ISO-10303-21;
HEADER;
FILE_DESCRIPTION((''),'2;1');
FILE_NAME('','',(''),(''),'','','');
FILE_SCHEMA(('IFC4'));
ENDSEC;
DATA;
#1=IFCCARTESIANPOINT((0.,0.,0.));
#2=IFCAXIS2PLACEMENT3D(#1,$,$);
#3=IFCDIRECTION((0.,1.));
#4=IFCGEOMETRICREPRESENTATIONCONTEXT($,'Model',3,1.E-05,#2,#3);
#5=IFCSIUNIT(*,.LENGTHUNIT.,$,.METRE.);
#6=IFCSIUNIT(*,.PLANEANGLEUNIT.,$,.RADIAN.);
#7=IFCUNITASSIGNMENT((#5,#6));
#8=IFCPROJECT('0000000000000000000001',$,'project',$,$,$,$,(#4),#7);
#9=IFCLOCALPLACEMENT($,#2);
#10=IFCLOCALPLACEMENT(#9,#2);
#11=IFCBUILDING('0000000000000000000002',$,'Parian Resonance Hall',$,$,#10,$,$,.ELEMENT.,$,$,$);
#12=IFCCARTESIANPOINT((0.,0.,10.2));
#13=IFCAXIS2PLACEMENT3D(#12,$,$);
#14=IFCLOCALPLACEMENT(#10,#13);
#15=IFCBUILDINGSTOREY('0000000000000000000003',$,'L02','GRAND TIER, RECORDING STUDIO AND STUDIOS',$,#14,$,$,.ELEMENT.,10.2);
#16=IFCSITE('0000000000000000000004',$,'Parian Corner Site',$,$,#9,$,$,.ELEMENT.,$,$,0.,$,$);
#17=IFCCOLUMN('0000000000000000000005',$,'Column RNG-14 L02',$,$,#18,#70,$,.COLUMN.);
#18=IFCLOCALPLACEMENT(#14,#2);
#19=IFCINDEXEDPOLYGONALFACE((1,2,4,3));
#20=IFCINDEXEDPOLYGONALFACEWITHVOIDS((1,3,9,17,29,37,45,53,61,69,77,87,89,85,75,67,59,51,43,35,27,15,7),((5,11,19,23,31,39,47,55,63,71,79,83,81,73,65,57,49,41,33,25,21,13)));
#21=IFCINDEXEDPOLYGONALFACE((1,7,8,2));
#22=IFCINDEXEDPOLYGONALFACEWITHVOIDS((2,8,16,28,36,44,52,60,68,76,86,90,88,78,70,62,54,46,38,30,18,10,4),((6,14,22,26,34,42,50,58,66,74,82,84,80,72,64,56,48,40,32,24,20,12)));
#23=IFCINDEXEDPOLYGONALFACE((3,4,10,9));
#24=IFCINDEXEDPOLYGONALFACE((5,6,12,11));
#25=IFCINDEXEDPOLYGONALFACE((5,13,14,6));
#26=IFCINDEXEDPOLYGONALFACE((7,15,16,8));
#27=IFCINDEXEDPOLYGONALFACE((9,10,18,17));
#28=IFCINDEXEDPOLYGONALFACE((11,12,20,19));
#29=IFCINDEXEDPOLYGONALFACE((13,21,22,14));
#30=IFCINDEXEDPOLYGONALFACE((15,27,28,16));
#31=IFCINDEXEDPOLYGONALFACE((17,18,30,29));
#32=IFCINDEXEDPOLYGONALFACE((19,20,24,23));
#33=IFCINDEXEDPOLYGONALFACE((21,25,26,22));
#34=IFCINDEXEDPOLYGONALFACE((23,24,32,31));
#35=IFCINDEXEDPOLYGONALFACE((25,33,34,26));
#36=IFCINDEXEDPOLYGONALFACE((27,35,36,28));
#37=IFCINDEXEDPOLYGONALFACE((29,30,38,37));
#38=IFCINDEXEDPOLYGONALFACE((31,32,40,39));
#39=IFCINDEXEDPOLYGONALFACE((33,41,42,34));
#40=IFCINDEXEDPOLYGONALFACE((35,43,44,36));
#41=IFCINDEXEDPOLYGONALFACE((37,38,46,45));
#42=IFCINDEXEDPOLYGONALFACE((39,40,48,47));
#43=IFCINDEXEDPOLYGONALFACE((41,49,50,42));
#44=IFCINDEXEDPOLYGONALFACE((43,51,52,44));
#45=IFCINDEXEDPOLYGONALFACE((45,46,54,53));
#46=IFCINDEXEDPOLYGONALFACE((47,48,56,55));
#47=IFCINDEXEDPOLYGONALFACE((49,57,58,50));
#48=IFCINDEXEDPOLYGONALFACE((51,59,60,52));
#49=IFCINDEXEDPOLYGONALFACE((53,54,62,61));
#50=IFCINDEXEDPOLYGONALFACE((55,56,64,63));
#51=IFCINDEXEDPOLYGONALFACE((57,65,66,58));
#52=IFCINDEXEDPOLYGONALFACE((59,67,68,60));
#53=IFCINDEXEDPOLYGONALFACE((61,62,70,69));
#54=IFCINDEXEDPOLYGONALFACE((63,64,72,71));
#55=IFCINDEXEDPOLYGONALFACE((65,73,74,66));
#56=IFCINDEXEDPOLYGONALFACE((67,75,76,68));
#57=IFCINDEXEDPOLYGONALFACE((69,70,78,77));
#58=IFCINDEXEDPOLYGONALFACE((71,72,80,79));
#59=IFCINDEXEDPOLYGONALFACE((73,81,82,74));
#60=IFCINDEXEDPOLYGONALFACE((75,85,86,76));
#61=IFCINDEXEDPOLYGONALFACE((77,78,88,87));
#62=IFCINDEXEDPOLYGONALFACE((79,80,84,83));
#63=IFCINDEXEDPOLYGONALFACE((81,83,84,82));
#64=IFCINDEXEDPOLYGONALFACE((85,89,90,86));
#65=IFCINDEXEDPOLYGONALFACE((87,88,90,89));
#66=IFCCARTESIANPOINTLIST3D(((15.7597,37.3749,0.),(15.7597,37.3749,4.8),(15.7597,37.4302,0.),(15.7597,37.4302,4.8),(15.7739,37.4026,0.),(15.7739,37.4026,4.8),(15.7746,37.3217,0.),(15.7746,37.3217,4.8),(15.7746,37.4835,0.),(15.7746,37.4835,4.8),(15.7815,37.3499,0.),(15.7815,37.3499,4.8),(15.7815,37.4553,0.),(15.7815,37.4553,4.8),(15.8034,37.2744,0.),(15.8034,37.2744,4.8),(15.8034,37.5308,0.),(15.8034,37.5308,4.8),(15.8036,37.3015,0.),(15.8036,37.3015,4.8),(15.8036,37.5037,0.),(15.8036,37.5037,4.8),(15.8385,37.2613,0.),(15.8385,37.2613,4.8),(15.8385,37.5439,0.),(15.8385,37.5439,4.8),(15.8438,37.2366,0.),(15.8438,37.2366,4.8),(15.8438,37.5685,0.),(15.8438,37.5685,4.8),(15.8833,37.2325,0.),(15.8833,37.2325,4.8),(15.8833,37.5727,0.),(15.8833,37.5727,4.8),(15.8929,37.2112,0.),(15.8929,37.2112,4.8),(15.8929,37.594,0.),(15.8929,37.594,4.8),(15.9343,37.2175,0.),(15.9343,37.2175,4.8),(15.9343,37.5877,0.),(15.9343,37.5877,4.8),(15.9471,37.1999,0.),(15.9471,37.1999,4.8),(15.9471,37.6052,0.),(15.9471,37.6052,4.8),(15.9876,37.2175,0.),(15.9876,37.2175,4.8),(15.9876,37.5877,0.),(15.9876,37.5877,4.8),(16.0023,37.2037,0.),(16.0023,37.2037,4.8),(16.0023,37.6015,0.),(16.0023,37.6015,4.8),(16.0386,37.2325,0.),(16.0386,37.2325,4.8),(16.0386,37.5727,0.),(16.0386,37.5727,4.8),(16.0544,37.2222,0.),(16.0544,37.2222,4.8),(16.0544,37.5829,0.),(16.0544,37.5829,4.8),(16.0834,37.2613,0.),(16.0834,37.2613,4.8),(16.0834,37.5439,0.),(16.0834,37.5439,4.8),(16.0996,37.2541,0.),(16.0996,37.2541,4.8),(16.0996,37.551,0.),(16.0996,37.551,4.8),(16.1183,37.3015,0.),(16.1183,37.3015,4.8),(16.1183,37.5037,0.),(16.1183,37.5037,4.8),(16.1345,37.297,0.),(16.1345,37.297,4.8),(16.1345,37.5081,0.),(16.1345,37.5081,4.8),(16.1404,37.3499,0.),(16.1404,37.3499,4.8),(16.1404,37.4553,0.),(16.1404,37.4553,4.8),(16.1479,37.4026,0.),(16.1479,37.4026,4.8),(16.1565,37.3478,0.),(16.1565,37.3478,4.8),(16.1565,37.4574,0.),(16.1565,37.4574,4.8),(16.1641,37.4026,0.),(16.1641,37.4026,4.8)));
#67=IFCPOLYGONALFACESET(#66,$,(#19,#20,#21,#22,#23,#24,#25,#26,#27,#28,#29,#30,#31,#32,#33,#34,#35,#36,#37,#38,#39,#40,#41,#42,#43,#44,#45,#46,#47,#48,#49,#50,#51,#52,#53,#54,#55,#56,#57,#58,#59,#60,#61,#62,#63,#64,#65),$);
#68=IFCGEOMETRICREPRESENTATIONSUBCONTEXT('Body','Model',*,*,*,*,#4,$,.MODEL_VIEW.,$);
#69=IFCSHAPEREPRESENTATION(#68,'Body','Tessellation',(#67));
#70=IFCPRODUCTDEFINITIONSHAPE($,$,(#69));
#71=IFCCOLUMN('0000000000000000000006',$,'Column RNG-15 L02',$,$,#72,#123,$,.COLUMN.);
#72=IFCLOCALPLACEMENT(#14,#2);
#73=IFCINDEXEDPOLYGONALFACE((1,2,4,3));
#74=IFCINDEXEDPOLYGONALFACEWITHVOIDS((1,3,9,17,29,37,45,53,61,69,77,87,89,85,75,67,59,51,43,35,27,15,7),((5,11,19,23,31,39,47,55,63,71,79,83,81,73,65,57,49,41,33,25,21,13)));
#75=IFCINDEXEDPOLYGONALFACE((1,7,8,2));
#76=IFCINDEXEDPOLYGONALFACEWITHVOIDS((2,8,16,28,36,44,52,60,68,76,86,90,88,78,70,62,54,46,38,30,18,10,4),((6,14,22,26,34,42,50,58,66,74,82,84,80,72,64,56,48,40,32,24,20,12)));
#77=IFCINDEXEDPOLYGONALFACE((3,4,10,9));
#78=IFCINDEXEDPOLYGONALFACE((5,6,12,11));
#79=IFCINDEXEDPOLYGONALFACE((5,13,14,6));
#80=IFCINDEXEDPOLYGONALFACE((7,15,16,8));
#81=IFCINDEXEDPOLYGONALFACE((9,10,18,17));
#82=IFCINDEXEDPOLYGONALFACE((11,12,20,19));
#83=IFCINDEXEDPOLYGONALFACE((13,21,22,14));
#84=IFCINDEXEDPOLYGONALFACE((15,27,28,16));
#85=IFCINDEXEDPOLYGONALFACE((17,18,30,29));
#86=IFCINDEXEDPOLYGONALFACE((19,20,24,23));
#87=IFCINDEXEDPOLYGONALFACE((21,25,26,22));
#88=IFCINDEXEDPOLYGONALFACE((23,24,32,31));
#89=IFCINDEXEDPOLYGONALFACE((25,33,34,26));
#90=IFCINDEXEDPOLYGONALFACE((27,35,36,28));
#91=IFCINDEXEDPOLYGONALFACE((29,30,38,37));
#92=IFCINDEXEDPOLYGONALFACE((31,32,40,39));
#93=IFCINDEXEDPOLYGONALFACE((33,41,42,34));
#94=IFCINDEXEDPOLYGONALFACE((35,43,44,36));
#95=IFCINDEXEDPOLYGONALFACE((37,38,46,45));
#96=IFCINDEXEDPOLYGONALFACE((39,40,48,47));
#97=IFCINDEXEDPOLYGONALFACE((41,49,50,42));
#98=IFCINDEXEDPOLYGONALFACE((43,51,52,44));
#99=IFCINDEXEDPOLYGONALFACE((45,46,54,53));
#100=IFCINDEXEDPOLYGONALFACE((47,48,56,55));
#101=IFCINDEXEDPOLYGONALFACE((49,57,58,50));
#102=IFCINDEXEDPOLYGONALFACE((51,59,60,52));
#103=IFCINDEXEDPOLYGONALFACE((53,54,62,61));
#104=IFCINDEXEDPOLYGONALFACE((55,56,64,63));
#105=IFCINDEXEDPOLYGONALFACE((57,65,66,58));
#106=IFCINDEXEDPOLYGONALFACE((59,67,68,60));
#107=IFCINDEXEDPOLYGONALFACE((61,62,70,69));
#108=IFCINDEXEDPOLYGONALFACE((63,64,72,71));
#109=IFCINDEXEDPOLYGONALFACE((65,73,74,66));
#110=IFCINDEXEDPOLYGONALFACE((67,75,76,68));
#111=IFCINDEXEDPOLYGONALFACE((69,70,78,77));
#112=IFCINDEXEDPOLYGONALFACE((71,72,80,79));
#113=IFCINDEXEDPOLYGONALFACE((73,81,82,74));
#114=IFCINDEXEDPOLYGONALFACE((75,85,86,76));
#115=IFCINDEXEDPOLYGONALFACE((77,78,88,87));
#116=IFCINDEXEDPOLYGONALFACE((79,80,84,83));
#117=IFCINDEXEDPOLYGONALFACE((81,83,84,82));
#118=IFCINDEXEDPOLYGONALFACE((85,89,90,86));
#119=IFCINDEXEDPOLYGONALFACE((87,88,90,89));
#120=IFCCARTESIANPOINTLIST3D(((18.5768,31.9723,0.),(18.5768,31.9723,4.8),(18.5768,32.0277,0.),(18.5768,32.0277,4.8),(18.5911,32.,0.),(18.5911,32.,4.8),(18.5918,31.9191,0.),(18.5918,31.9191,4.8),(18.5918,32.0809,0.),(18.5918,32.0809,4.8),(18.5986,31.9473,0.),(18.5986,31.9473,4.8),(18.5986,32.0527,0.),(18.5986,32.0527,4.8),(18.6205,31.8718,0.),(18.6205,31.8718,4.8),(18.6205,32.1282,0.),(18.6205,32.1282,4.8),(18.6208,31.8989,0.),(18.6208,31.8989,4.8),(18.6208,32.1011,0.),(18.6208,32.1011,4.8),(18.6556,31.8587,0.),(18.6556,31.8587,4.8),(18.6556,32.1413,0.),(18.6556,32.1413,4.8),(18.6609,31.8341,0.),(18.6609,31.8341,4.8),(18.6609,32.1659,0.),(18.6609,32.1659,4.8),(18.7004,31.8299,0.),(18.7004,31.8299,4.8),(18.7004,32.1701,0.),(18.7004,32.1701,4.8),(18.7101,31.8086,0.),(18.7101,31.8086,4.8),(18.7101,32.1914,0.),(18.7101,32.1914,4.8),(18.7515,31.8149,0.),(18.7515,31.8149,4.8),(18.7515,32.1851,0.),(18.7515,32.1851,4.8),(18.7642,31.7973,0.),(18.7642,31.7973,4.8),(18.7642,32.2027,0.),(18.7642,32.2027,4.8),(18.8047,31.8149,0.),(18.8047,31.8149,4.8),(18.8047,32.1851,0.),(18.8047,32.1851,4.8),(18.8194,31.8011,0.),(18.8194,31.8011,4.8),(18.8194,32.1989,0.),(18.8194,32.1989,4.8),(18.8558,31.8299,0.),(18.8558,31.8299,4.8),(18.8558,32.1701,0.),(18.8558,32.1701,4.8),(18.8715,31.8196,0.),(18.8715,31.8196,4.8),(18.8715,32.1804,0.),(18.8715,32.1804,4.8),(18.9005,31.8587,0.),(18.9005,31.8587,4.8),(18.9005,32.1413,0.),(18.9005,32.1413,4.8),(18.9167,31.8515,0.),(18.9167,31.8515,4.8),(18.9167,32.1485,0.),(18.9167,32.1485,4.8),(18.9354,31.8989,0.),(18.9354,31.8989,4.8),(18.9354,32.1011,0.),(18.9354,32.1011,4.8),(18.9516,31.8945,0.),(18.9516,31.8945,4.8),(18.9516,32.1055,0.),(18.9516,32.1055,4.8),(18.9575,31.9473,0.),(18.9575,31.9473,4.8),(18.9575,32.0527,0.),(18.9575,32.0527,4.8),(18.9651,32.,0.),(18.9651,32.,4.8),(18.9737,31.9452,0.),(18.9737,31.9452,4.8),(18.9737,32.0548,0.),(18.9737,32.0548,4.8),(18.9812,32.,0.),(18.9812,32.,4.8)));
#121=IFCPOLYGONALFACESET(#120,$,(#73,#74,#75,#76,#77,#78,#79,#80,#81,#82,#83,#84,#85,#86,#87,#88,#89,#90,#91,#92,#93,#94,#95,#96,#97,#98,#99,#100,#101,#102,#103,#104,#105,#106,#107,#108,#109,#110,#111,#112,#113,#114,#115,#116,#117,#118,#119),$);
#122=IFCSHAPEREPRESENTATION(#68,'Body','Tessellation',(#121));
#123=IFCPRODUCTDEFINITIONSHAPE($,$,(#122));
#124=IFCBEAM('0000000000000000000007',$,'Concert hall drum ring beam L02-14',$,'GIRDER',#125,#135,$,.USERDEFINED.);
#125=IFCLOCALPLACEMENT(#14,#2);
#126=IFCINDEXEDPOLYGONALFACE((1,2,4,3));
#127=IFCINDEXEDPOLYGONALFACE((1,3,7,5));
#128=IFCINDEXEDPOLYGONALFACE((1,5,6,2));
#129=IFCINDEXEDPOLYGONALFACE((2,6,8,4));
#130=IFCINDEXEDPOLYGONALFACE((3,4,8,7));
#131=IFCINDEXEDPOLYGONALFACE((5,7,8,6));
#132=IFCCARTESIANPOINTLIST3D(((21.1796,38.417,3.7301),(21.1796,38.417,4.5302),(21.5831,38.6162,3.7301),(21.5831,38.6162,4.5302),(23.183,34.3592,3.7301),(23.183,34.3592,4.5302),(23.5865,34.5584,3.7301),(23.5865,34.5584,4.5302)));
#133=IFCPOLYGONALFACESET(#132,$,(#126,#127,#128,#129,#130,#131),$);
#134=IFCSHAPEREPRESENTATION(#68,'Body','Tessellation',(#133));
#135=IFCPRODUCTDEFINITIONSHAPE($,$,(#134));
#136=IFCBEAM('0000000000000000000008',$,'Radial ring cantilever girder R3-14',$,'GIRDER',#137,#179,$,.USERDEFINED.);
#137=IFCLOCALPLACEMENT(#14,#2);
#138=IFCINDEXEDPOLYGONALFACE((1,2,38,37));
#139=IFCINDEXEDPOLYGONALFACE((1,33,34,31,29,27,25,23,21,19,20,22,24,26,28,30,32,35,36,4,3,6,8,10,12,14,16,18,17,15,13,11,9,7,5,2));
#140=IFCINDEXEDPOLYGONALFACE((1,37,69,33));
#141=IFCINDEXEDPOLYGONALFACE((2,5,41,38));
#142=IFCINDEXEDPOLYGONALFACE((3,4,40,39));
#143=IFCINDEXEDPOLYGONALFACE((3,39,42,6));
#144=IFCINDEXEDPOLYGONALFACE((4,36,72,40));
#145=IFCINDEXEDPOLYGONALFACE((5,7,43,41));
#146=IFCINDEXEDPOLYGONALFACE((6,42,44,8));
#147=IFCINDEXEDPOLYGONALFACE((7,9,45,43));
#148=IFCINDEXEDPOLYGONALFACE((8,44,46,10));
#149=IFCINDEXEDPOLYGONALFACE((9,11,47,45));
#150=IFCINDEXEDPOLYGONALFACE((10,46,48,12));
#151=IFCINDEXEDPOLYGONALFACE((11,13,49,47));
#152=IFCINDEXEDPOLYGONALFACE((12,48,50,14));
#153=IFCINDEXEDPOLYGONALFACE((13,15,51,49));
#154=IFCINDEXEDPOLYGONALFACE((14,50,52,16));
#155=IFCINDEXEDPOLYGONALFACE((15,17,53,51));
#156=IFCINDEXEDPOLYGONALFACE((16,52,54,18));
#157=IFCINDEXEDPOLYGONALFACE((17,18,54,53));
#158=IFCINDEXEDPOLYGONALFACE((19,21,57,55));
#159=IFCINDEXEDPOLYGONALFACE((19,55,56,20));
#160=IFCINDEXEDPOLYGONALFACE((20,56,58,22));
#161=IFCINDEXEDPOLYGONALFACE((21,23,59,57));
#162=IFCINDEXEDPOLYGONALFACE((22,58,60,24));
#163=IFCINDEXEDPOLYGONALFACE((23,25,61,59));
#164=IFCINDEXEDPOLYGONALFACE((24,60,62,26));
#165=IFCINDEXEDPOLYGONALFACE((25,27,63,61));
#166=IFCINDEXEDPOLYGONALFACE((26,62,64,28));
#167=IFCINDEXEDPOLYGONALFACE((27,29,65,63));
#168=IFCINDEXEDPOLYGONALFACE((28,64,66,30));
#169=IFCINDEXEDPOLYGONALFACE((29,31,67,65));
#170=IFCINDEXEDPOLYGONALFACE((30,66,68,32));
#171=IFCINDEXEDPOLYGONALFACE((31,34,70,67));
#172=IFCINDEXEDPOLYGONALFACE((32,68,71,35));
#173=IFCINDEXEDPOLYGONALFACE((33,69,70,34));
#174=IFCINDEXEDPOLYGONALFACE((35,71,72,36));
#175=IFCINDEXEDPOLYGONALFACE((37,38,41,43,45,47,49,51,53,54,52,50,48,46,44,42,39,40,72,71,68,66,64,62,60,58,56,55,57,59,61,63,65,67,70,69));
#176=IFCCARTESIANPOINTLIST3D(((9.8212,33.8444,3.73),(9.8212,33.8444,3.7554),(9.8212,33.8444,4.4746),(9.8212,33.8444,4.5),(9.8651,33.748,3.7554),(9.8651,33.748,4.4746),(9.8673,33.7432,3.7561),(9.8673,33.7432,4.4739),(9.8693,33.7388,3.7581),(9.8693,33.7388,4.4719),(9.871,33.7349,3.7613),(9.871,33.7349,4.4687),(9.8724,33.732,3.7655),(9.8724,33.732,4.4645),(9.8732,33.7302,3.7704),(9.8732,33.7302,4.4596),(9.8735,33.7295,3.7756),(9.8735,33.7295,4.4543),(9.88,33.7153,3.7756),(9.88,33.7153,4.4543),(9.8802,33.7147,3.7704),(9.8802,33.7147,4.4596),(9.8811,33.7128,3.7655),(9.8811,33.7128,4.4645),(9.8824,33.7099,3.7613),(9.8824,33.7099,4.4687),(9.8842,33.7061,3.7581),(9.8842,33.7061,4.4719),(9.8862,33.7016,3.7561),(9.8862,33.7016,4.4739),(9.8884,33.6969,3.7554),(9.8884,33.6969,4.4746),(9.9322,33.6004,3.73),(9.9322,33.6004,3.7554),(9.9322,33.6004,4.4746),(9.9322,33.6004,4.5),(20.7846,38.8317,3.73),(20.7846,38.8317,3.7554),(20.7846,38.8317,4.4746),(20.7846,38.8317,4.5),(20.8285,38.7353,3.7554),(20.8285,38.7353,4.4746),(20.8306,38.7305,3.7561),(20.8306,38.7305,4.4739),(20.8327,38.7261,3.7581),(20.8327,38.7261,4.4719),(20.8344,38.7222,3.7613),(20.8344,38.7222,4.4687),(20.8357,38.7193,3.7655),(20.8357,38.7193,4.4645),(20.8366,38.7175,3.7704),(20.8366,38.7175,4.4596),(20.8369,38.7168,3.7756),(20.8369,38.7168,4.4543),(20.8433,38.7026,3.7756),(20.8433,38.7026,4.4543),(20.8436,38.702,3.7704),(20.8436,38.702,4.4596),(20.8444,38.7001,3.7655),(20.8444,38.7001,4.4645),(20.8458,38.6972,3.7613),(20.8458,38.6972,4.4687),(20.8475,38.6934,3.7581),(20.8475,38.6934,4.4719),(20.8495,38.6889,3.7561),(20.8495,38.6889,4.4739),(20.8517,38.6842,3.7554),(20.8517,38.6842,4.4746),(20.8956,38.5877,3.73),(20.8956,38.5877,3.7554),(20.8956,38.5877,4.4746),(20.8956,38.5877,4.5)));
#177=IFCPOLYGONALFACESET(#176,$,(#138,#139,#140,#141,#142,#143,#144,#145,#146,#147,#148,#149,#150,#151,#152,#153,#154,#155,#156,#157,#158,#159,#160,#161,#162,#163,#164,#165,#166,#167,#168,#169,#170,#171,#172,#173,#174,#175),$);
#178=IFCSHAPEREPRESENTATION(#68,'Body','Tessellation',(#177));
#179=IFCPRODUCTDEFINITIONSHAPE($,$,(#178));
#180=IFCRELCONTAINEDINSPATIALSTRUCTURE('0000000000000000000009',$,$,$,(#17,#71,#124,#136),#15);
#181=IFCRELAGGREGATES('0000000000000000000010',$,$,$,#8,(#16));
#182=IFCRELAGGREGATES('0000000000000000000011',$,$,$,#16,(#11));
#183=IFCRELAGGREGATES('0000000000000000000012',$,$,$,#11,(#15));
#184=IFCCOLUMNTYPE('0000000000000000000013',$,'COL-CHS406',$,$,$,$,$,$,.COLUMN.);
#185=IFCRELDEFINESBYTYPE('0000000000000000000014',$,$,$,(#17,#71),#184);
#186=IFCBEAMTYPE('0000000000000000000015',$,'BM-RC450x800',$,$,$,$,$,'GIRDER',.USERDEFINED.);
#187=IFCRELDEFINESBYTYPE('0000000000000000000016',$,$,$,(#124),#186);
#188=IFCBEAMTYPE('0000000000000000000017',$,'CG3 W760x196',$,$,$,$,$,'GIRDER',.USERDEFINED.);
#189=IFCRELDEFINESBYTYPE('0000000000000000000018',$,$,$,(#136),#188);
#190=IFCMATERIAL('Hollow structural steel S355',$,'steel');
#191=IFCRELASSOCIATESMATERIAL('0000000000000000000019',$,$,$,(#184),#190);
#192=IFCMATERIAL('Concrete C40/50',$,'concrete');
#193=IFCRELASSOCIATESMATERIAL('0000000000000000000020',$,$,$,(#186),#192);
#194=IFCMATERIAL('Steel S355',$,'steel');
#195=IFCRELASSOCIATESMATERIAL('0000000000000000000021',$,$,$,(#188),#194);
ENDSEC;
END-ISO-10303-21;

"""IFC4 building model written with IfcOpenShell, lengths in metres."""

from ifc_helpers import new_model, si_unit, direction, frame, origin, origin_2d, place, context, subcontext, project, spatial, rectangle, hollow_circle, i_section, extrude, material, material_profile, profile_set, type_object, element, save


model = new_model("IFC4")

# Units and contexts
model_context = context("Model", 3, precision=1e-05, world=origin(), true_north=direction((0.0, 1.0)))
body_context = subcontext(model_context, "Body", "Model", "MODEL_VIEW")
ifc_project = project(units=[si_unit("LENGTHUNIT", "METRE"), si_unit("PLANEANGLEUNIT", "RADIAN")], contexts=[model_context])

# Site, building, storey
site_placement = place(None, origin())
site = spatial("IfcSite", under=ifc_project, at=site_placement, Name="Parian Corner Site", CompositionType="ELEMENT", RefElevation=0.0)
building_placement = place(site_placement, origin())
building = spatial("IfcBuilding", under=site, at=building_placement, Name="Parian Resonance Hall", CompositionType="ELEMENT")
storey_placement = place(building_placement, frame((0.0, 0.0, 10.2)))
storey = spatial("IfcBuildingStorey", under=building, at=storey_placement, Name="L02", Description="GRAND TIER, RECORDING STUDIO AND STUDIOS", CompositionType="ELEMENT", Elevation=10.2)

# Columns
ifc_material_1 = material(Name="Hollow structural steel S355", Category="steel")
ifc_material_profile_1 = material_profile(ifc_material_1, hollow_circle(Radius=0.2031, WallThickness=0.0161, at=origin_2d()), Name="CHS406.4x16")
ifc_profile_set_1 = profile_set([ifc_material_profile_1], Name="Hollow structural steel S355")
column_type = type_object("IfcColumnType", Name="COL-CHS406", PredefinedType="COLUMN", material=ifc_profile_set_1)
for number, where, z_axis, x_axis, name in (
    (1, (15.9609, 37.4026, 0.0), (0.0, 0.0, 1.0), (1.0, 0.0, 0.0), "Column RNG-14 L02"),
    (2, (18.7781, 32.0, 0.0), (0.0, 0.0, 1.0), (1.0, 0.0, 0.0), "Column RNG-15 L02"),
):
    element("IfcColumn", number, at=place(storey_placement, frame(where, z_axis=z_axis, x_axis=x_axis)), inside=storey, type_object=column_type, Name=name, PredefinedType="COLUMN", context=body_context, shape_type="SweptSolid", body=[
        extrude(hollow_circle(Radius=0.2031, WallThickness=0.0161, at=origin_2d()), origin(), (0.0, 0.0, 1.0), 4.8),
    ])

# Beams
ifc_material_2 = material(Name="Concrete C40/50", Category="concrete")
ifc_material_profile_2 = material_profile(ifc_material_2, rectangle(XDim=0.45, YDim=0.8, at=origin_2d()), Name="RC-BM-450x800")
ifc_profile_set_2 = profile_set([ifc_material_profile_2], Name="Concrete C40/50")
beam_type_1 = type_object("IfcBeamType", Name="BM-RC450x800", ElementType="GIRDER", PredefinedType="USERDEFINED", material=ifc_profile_set_2)
beam_1_placement = place(storey_placement, frame((21.3813, 38.5166, 4.1301), z_axis=(0.442698, -0.896671, 0.0), x_axis=(0.896671, 0.442698, 0.0)))
element("IfcBeam", 3, at=beam_1_placement, inside=storey, type_object=beam_type_1, Name="Concert hall drum ring beam L02-14", ObjectType="GIRDER", PredefinedType="USERDEFINED", context=body_context, shape_type="SweptSolid", body=[
    extrude(rectangle(XDim=0.45, YDim=0.8, at=origin_2d()), origin(), (0.0, 0.0, 1.0), 4.5254),
])
ifc_material_3 = material(Name="Steel S355", Category="steel")
ifc_material_profile_3 = material_profile(ifc_material_3, i_section(OverallWidth=0.2681, OverallDepth=0.77, WebThickness=0.0156, FlangeThickness=0.0254, FilletRadius=0.0203, at=origin_2d()), Name="W760x196")
ifc_profile_set_3 = profile_set([ifc_material_profile_3], Name="Steel S355")
beam_type_2 = type_object("IfcBeamType", Name="CG3 W760x196", ElementType="GIRDER", PredefinedType="USERDEFINED", material=ifc_profile_set_3)
beam_2_placement = place(storey_placement, frame((20.8401, 38.7097, 4.115), z_axis=(-0.910243, -0.414075, 0.0), x_axis=(0.414075, -0.910243, 0.0)))
element("IfcBeam", 4, at=beam_2_placement, inside=storey, type_object=beam_type_2, Name="Radial ring cantilever girder R3-14", ObjectType="GIRDER", PredefinedType="USERDEFINED", context=body_context, shape_type="SweptSolid", body=[
    extrude(i_section(OverallWidth=0.2681, OverallDepth=0.77, WebThickness=0.0156, FlangeThickness=0.0254, FilletRadius=0.0203, at=origin_2d()), origin(), (0.0, 0.0, 1.0), 12.0444),
])

save(model, "model.ifc")
